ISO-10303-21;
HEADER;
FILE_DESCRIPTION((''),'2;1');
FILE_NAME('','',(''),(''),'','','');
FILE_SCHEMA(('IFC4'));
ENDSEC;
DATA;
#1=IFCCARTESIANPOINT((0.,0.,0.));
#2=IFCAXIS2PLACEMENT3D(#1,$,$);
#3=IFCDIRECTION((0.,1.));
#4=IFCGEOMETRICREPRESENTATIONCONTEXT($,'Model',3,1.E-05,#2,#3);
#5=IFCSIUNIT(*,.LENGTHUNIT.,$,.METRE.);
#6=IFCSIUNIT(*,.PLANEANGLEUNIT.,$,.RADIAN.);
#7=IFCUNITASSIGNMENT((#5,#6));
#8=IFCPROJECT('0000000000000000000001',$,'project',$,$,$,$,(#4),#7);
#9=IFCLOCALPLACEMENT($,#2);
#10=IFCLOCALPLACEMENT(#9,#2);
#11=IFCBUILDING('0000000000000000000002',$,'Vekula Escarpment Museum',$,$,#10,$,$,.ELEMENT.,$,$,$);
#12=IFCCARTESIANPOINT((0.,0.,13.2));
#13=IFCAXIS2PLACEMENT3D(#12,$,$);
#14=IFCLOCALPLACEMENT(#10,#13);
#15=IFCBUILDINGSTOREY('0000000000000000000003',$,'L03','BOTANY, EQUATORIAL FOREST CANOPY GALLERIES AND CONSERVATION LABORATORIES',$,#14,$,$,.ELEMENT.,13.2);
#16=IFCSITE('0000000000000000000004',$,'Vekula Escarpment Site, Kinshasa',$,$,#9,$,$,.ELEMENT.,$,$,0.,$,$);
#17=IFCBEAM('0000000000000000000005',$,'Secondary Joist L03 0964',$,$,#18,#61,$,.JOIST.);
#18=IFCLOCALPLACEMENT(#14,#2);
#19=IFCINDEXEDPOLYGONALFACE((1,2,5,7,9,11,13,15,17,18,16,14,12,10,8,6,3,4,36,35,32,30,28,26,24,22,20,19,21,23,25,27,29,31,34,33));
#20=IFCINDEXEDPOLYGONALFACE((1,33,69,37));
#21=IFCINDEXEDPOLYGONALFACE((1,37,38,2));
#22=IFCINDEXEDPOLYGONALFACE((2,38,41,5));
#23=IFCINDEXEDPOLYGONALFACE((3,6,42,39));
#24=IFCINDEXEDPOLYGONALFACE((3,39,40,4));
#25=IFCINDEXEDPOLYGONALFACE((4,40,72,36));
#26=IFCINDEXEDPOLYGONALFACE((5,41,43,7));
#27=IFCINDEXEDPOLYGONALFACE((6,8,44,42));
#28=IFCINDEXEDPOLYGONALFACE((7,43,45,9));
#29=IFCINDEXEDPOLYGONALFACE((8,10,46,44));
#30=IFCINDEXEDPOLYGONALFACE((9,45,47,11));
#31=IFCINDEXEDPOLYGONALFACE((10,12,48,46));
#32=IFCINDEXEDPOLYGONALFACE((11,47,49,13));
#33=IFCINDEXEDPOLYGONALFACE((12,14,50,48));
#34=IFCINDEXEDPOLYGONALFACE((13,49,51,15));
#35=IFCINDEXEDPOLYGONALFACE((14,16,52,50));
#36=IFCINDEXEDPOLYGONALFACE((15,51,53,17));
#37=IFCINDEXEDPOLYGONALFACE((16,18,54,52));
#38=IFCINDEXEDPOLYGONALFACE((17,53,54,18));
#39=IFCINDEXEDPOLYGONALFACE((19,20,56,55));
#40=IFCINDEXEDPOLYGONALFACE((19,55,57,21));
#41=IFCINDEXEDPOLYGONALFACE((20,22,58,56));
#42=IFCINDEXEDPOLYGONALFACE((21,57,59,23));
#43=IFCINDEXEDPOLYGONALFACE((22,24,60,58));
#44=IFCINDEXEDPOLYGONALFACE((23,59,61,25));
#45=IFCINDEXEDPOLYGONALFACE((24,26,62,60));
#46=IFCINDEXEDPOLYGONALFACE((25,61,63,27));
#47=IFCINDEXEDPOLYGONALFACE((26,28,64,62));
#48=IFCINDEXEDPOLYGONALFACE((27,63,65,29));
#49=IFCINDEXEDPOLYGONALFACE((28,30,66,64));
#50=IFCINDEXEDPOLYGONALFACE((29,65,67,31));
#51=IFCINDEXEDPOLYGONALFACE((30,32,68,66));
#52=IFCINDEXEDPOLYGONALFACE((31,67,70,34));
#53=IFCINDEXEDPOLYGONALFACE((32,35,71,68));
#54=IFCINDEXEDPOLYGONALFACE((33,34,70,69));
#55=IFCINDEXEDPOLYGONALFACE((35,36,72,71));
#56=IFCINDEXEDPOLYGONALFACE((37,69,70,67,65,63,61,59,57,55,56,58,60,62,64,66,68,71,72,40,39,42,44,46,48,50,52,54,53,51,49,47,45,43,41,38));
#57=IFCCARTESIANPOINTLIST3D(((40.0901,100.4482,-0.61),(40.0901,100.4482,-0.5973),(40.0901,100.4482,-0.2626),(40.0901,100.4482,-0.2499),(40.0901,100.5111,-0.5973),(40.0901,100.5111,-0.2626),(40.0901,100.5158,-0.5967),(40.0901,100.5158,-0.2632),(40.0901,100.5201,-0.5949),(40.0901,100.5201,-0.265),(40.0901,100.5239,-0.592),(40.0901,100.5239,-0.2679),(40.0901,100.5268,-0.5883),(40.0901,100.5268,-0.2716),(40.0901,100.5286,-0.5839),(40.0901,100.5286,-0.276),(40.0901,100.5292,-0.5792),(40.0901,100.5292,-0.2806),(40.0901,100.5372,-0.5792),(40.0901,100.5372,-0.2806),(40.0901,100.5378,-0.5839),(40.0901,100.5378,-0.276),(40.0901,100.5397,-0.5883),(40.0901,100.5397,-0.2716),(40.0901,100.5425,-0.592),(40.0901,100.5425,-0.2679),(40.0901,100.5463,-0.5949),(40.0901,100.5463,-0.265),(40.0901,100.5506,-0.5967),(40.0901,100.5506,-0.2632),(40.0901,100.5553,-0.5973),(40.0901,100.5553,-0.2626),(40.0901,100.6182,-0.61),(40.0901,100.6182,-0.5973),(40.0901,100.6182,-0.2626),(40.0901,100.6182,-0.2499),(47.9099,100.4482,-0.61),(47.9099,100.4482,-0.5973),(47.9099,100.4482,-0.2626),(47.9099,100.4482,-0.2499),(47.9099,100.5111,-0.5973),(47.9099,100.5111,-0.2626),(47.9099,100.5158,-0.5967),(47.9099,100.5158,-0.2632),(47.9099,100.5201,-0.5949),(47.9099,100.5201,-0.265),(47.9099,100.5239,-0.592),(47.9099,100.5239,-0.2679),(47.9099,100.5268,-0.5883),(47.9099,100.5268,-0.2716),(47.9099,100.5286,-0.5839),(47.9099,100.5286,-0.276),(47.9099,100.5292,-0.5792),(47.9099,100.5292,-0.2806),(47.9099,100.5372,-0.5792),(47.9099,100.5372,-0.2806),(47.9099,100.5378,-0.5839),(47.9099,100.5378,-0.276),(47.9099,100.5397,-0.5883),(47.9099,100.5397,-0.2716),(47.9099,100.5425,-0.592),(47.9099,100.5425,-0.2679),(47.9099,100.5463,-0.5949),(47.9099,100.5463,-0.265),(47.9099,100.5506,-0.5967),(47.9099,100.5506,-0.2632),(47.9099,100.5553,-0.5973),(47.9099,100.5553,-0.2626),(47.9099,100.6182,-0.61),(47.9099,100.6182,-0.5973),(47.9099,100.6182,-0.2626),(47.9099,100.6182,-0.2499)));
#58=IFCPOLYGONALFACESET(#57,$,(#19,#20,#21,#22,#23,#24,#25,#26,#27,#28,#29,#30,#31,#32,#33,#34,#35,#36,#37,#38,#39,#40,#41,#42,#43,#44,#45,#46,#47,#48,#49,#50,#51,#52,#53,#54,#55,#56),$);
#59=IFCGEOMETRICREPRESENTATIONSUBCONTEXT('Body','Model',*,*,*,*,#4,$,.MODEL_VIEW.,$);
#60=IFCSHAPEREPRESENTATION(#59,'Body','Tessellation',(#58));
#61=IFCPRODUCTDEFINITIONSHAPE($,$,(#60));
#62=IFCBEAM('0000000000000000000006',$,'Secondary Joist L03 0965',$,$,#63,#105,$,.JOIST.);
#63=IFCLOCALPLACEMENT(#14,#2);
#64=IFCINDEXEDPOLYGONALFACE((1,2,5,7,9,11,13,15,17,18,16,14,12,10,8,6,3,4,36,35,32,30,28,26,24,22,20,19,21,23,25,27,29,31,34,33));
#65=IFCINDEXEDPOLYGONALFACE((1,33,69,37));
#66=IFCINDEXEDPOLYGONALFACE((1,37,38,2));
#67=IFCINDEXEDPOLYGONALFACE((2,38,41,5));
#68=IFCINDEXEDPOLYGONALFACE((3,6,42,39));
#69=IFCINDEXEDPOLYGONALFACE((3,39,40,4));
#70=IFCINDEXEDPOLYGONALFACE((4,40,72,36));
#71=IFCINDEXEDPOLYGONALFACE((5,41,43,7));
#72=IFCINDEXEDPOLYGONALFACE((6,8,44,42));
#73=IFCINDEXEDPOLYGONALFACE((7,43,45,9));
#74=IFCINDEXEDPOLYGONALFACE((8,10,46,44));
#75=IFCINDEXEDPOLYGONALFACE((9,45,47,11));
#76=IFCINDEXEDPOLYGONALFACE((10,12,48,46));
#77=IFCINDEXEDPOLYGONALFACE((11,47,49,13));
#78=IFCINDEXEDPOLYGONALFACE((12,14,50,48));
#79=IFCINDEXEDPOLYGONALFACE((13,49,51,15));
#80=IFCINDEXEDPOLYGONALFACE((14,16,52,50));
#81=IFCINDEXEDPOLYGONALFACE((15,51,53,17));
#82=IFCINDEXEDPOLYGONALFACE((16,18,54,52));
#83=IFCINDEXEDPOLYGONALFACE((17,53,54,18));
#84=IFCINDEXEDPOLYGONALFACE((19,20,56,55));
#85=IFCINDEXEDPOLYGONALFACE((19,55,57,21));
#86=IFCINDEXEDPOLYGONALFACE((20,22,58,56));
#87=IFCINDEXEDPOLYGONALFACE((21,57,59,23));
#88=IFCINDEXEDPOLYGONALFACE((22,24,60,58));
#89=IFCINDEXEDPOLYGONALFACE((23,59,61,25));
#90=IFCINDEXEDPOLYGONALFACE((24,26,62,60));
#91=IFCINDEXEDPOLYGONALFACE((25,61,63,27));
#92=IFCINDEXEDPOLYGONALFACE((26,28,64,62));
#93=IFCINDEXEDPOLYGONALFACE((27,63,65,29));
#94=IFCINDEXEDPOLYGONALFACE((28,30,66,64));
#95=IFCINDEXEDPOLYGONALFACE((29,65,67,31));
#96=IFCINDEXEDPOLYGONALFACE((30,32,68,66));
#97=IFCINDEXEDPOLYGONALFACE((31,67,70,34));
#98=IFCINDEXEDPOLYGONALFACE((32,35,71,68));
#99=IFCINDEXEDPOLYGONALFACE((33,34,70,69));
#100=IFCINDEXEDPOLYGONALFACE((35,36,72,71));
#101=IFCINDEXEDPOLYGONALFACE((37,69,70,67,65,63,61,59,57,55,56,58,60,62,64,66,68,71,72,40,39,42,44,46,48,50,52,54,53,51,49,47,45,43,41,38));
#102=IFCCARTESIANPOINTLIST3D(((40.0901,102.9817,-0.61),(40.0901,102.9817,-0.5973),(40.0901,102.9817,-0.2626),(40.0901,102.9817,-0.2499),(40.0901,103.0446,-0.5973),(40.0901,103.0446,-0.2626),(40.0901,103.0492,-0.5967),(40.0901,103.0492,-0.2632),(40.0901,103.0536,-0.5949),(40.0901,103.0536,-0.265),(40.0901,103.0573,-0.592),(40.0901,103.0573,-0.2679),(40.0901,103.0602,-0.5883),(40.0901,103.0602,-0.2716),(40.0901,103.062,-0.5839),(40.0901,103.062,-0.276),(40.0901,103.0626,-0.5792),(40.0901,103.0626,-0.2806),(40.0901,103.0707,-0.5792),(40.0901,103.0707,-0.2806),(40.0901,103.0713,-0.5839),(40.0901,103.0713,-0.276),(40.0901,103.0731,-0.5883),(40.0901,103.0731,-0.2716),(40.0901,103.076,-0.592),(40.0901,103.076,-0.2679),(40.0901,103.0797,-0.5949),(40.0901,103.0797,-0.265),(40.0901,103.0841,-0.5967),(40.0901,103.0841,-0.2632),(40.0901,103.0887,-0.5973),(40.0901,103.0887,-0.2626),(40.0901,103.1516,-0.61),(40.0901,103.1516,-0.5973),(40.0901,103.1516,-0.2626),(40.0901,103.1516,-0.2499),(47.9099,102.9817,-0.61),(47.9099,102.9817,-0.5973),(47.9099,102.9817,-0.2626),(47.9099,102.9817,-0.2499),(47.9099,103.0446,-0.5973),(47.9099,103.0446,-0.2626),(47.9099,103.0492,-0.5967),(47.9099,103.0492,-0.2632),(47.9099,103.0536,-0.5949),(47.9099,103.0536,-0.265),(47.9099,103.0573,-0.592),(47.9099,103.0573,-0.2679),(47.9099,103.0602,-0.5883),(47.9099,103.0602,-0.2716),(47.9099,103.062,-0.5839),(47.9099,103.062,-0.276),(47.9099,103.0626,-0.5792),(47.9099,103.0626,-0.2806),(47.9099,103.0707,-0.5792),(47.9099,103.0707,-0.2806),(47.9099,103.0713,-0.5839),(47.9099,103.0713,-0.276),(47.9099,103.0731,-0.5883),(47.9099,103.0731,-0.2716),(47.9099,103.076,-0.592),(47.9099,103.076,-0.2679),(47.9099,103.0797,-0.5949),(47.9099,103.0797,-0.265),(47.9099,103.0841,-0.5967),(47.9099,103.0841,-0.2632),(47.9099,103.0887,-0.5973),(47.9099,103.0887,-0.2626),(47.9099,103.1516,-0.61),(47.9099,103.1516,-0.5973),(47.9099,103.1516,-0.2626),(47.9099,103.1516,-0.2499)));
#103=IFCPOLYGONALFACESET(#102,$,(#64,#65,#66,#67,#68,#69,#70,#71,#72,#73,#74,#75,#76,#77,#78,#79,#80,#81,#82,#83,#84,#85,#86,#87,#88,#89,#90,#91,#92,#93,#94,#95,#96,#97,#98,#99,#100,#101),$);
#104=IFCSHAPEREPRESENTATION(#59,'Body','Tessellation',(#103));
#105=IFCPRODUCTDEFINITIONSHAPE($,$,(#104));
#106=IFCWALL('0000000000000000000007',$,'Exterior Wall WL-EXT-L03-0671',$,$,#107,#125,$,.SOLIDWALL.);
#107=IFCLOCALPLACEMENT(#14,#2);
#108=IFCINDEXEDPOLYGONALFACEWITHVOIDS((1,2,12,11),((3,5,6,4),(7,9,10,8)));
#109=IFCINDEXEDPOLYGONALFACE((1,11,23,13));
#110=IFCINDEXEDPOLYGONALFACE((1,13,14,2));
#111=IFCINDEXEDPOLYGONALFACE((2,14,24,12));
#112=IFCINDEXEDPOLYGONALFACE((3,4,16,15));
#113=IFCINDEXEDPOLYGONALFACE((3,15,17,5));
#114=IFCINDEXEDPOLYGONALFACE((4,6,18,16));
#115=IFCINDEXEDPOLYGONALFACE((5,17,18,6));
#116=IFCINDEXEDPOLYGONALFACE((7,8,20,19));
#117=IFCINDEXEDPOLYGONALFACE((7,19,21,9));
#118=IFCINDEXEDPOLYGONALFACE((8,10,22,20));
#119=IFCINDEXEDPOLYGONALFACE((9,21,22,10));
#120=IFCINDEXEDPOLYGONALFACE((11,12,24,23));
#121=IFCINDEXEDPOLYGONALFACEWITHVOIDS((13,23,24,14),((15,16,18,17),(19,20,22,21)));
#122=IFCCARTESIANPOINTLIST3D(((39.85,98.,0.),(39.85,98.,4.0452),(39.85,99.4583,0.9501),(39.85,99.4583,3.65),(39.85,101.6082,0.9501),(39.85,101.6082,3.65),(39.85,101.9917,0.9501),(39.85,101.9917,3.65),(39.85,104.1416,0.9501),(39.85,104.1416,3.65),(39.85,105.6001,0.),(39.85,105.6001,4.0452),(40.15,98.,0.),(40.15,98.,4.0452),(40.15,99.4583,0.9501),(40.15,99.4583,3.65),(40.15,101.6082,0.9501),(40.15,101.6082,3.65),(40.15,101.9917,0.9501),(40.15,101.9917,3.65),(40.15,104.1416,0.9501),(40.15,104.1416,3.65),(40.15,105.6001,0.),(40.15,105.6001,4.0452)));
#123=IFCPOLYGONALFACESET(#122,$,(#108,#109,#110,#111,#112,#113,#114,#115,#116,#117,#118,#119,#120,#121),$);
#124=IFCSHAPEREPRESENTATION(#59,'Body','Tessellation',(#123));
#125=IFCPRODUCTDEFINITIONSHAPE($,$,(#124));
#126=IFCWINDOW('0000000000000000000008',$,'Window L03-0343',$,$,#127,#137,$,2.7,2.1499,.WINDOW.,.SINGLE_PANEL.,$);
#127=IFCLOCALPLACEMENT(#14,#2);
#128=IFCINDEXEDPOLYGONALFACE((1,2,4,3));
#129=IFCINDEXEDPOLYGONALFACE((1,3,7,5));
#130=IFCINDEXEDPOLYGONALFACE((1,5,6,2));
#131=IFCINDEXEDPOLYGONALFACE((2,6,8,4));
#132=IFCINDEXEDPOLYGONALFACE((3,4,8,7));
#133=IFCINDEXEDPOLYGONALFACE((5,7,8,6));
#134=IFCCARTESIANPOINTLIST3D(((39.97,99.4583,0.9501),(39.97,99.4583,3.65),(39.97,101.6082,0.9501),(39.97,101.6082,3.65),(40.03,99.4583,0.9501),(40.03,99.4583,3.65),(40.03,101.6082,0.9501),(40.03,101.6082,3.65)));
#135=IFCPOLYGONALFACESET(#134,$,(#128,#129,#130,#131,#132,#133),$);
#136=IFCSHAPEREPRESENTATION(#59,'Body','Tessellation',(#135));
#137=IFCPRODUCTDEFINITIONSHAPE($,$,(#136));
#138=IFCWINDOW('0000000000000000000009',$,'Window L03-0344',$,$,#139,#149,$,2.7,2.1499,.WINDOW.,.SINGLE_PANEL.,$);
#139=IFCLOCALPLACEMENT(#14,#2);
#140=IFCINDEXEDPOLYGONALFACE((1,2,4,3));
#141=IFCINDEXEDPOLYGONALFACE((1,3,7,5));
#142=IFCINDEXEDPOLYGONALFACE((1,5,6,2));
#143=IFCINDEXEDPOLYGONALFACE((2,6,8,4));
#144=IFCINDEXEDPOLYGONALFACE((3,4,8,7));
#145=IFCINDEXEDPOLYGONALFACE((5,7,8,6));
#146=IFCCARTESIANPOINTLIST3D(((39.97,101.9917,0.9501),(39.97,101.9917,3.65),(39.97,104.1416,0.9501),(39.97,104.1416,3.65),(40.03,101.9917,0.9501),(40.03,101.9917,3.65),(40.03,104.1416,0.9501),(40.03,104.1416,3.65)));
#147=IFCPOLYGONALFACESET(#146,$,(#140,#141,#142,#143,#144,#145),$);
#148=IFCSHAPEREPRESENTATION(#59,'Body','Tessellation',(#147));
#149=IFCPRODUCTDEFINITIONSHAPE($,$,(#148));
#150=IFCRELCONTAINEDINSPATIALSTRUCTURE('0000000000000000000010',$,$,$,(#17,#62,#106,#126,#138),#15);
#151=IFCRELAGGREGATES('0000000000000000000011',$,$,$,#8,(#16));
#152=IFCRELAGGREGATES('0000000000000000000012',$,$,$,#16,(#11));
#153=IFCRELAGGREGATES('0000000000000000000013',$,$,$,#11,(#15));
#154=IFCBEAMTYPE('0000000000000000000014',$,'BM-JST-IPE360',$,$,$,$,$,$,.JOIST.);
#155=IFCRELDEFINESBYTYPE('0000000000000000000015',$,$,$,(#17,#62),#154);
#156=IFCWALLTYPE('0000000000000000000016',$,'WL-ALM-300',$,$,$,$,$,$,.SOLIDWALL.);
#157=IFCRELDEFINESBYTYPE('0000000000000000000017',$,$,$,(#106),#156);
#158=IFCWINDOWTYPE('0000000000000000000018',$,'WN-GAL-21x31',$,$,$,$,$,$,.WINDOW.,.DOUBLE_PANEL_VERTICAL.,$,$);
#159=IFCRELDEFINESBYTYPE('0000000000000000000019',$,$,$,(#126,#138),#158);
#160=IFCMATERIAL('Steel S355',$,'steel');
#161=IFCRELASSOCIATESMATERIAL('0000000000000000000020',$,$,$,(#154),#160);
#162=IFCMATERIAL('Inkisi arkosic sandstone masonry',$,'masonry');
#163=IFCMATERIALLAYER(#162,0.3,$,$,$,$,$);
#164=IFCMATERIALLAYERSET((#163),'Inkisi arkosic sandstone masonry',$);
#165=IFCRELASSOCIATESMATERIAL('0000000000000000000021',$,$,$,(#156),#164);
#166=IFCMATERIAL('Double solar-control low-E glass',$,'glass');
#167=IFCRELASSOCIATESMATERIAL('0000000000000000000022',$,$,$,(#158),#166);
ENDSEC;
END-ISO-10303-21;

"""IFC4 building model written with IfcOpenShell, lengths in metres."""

from ifc_helpers import new_model, si_unit, direction, frame, frame_2d, origin, origin_2d, place, context, subcontext, project, spatial, rectangle, i_section, extrude, material, layer, layer_set, material_profile, profile_set, type_object, element, fill, save


model = new_model("IFC4")

# Units and contexts
model_context = context("Model", 3, precision=1e-05, world=origin(), true_north=direction((0.0, 1.0)))
body_context = subcontext(model_context, "Body", "Model", "MODEL_VIEW")
ifc_project = project(units=[si_unit("LENGTHUNIT", "METRE"), si_unit("PLANEANGLEUNIT", "RADIAN")], contexts=[model_context])

# Site, building, storey
site_placement = place(None, origin())
site = spatial("IfcSite", under=ifc_project, at=site_placement, Name="Vekula Escarpment Site, Kinshasa", CompositionType="ELEMENT", RefElevation=0.0)
building_placement = place(site_placement, origin())
building = spatial("IfcBuilding", under=site, at=building_placement, Name="Vekula Escarpment Museum", CompositionType="ELEMENT")
storey_placement = place(building_placement, frame((0.0, 0.0, 13.2)))
storey = spatial("IfcBuildingStorey", under=building, at=storey_placement, Name="L03", Description="BOTANY, EQUATORIAL FOREST CANOPY GALLERIES AND CONSERVATION LABORATORIES", CompositionType="ELEMENT", Elevation=13.2)

# Beams
ifc_material_1 = material(Name="Steel S355", Category="steel")
ifc_material_profile_1 = material_profile(ifc_material_1, i_section(OverallWidth=0.1699, OverallDepth=0.3601, WebThickness=0.0081, FlangeThickness=0.0127, FilletRadius=0.0181, at=origin_2d()), Name="IPE 360")
ifc_profile_set_1 = profile_set([ifc_material_profile_1], Name="Steel S355")
beam_type_1 = type_object("IfcBeamType", Name="BM-JST-IPE360", PredefinedType="JOIST", material=ifc_profile_set_1)
for number, where, z_axis, x_axis, name in (
    (1, (40.0901, 100.5332, -0.4299), (1.0, 0.0, 0.0), (0.0, 1.0, 0.0), "Secondary Joist L03 0964"),
    (2, (40.0901, 103.0667, -0.4299), (1.0, 0.0, 0.0), (0.0, 1.0, 0.0), "Secondary Joist L03 0965"),
):
    element("IfcBeam", number, at=place(storey_placement, frame(where, z_axis=z_axis, x_axis=x_axis)), inside=storey, type_object=beam_type_1, Name=name, PredefinedType="JOIST", context=body_context, shape_type="SweptSolid", body=[
        extrude(i_section(OverallWidth=0.1699, OverallDepth=0.3601, WebThickness=0.0081, FlangeThickness=0.0127, FilletRadius=0.0181, at=origin_2d()), origin(), (0.0, 0.0, 1.0), 7.8198),
    ])

# Wall, openings, windows
ifc_material_2 = material(Name="Inkisi arkosic sandstone masonry", Category="masonry")
ifc_layer_1 = layer(ifc_material_2, 0.3)
ifc_layer_set_1 = layer_set([ifc_layer_1], Name="Inkisi arkosic sandstone masonry")
wall_type_1 = type_object("IfcWallType", Name="WL-ALM-300", PredefinedType="SOLIDWALL", material=ifc_layer_set_1)
wall_1_placement = place(storey_placement, frame((40.0, 98.0, 0.0), z_axis=(0.0, 0.0, 1.0), x_axis=(0.0, 1.0, 0.0)))
wall_1 = element("IfcWall", 3, at=wall_1_placement, inside=storey, type_object=wall_type_1, Name="Exterior Wall WL-EXT-L03-0671", PredefinedType="SOLIDWALL", context=body_context, shape_type="SweptSolid", body=[
    extrude(rectangle(XDim=7.6001, YDim=0.3, at=frame_2d((3.8, 0.0))), origin(), (0.0, 0.0, 1.0), 4.0452),
])
opening_1_placement = place(wall_1_placement, frame((1.4583, 0.0, 0.95)))
opening_1 = element("IfcOpeningElement", 4, at=opening_1_placement, cuts=wall_1, PredefinedType="OPENING", context=body_context, shape_type="SweptSolid", body=[
    extrude(rectangle(XDim=2.1499, YDim=2.7, at=frame_2d((1.075, 1.3501))), frame((0.0, 0.1599, 0.0), z_axis=(0.0, -1.0, 0.0), x_axis=(1.0, 0.0, 0.0)), (0.0, 0.0, 1.0), 0.3201),
])
opening_2_placement = place(wall_1_placement, frame((3.9917, 0.0, 0.95)))
opening_2 = element("IfcOpeningElement", 5, at=opening_2_placement, cuts=wall_1, PredefinedType="OPENING", context=body_context, shape_type="SweptSolid", body=[
    extrude(rectangle(XDim=2.1499, YDim=2.7, at=frame_2d((1.075, 1.3501))), frame((0.0, 0.1599, 0.0), z_axis=(0.0, -1.0, 0.0), x_axis=(1.0, 0.0, 0.0)), (0.0, 0.0, 1.0), 0.3201),
])
ifc_material_3 = material(Name="Double solar-control low-E glass", Category="glass")
window_type_1 = type_object("IfcWindowType", Name="WN-GAL-21x31", PartitioningType="DOUBLE_PANEL_VERTICAL", PredefinedType="WINDOW", material=ifc_material_3)
window_1_placement = place(opening_1_placement, origin())
window_1 = element("IfcWindow", 6, at=window_1_placement, inside=storey, type_object=window_type_1, Name="Window L03-0343", OverallHeight=2.7, OverallWidth=2.1499, PartitioningType="SINGLE_PANEL", PredefinedType="WINDOW", context=body_context, shape_type="SweptSolid", body=[
    extrude(rectangle(XDim=2.1499, YDim=2.7, at=frame_2d((1.075, 1.3501))), frame((0.0, 0.03, 0.0), z_axis=(0.0, -1.0, 0.0), x_axis=(1.0, 0.0, 0.0)), (0.0, 0.0, 1.0), 0.0601),
])
fill(opening_1, window_1)
window_2_placement = place(opening_2_placement, origin())
window_2 = element("IfcWindow", 7, at=window_2_placement, inside=storey, type_object=window_type_1, Name="Window L03-0344", OverallHeight=2.7, OverallWidth=2.1499, PartitioningType="SINGLE_PANEL", PredefinedType="WINDOW", context=body_context, shape_type="SweptSolid", body=[
    extrude(rectangle(XDim=2.1499, YDim=2.7, at=frame_2d((1.075, 1.3501))), frame((0.0, 0.03, 0.0), z_axis=(0.0, -1.0, 0.0), x_axis=(1.0, 0.0, 0.0)), (0.0, 0.0, 1.0), 0.0601),
])
fill(opening_2, window_2)

save(model, "model.ifc")
